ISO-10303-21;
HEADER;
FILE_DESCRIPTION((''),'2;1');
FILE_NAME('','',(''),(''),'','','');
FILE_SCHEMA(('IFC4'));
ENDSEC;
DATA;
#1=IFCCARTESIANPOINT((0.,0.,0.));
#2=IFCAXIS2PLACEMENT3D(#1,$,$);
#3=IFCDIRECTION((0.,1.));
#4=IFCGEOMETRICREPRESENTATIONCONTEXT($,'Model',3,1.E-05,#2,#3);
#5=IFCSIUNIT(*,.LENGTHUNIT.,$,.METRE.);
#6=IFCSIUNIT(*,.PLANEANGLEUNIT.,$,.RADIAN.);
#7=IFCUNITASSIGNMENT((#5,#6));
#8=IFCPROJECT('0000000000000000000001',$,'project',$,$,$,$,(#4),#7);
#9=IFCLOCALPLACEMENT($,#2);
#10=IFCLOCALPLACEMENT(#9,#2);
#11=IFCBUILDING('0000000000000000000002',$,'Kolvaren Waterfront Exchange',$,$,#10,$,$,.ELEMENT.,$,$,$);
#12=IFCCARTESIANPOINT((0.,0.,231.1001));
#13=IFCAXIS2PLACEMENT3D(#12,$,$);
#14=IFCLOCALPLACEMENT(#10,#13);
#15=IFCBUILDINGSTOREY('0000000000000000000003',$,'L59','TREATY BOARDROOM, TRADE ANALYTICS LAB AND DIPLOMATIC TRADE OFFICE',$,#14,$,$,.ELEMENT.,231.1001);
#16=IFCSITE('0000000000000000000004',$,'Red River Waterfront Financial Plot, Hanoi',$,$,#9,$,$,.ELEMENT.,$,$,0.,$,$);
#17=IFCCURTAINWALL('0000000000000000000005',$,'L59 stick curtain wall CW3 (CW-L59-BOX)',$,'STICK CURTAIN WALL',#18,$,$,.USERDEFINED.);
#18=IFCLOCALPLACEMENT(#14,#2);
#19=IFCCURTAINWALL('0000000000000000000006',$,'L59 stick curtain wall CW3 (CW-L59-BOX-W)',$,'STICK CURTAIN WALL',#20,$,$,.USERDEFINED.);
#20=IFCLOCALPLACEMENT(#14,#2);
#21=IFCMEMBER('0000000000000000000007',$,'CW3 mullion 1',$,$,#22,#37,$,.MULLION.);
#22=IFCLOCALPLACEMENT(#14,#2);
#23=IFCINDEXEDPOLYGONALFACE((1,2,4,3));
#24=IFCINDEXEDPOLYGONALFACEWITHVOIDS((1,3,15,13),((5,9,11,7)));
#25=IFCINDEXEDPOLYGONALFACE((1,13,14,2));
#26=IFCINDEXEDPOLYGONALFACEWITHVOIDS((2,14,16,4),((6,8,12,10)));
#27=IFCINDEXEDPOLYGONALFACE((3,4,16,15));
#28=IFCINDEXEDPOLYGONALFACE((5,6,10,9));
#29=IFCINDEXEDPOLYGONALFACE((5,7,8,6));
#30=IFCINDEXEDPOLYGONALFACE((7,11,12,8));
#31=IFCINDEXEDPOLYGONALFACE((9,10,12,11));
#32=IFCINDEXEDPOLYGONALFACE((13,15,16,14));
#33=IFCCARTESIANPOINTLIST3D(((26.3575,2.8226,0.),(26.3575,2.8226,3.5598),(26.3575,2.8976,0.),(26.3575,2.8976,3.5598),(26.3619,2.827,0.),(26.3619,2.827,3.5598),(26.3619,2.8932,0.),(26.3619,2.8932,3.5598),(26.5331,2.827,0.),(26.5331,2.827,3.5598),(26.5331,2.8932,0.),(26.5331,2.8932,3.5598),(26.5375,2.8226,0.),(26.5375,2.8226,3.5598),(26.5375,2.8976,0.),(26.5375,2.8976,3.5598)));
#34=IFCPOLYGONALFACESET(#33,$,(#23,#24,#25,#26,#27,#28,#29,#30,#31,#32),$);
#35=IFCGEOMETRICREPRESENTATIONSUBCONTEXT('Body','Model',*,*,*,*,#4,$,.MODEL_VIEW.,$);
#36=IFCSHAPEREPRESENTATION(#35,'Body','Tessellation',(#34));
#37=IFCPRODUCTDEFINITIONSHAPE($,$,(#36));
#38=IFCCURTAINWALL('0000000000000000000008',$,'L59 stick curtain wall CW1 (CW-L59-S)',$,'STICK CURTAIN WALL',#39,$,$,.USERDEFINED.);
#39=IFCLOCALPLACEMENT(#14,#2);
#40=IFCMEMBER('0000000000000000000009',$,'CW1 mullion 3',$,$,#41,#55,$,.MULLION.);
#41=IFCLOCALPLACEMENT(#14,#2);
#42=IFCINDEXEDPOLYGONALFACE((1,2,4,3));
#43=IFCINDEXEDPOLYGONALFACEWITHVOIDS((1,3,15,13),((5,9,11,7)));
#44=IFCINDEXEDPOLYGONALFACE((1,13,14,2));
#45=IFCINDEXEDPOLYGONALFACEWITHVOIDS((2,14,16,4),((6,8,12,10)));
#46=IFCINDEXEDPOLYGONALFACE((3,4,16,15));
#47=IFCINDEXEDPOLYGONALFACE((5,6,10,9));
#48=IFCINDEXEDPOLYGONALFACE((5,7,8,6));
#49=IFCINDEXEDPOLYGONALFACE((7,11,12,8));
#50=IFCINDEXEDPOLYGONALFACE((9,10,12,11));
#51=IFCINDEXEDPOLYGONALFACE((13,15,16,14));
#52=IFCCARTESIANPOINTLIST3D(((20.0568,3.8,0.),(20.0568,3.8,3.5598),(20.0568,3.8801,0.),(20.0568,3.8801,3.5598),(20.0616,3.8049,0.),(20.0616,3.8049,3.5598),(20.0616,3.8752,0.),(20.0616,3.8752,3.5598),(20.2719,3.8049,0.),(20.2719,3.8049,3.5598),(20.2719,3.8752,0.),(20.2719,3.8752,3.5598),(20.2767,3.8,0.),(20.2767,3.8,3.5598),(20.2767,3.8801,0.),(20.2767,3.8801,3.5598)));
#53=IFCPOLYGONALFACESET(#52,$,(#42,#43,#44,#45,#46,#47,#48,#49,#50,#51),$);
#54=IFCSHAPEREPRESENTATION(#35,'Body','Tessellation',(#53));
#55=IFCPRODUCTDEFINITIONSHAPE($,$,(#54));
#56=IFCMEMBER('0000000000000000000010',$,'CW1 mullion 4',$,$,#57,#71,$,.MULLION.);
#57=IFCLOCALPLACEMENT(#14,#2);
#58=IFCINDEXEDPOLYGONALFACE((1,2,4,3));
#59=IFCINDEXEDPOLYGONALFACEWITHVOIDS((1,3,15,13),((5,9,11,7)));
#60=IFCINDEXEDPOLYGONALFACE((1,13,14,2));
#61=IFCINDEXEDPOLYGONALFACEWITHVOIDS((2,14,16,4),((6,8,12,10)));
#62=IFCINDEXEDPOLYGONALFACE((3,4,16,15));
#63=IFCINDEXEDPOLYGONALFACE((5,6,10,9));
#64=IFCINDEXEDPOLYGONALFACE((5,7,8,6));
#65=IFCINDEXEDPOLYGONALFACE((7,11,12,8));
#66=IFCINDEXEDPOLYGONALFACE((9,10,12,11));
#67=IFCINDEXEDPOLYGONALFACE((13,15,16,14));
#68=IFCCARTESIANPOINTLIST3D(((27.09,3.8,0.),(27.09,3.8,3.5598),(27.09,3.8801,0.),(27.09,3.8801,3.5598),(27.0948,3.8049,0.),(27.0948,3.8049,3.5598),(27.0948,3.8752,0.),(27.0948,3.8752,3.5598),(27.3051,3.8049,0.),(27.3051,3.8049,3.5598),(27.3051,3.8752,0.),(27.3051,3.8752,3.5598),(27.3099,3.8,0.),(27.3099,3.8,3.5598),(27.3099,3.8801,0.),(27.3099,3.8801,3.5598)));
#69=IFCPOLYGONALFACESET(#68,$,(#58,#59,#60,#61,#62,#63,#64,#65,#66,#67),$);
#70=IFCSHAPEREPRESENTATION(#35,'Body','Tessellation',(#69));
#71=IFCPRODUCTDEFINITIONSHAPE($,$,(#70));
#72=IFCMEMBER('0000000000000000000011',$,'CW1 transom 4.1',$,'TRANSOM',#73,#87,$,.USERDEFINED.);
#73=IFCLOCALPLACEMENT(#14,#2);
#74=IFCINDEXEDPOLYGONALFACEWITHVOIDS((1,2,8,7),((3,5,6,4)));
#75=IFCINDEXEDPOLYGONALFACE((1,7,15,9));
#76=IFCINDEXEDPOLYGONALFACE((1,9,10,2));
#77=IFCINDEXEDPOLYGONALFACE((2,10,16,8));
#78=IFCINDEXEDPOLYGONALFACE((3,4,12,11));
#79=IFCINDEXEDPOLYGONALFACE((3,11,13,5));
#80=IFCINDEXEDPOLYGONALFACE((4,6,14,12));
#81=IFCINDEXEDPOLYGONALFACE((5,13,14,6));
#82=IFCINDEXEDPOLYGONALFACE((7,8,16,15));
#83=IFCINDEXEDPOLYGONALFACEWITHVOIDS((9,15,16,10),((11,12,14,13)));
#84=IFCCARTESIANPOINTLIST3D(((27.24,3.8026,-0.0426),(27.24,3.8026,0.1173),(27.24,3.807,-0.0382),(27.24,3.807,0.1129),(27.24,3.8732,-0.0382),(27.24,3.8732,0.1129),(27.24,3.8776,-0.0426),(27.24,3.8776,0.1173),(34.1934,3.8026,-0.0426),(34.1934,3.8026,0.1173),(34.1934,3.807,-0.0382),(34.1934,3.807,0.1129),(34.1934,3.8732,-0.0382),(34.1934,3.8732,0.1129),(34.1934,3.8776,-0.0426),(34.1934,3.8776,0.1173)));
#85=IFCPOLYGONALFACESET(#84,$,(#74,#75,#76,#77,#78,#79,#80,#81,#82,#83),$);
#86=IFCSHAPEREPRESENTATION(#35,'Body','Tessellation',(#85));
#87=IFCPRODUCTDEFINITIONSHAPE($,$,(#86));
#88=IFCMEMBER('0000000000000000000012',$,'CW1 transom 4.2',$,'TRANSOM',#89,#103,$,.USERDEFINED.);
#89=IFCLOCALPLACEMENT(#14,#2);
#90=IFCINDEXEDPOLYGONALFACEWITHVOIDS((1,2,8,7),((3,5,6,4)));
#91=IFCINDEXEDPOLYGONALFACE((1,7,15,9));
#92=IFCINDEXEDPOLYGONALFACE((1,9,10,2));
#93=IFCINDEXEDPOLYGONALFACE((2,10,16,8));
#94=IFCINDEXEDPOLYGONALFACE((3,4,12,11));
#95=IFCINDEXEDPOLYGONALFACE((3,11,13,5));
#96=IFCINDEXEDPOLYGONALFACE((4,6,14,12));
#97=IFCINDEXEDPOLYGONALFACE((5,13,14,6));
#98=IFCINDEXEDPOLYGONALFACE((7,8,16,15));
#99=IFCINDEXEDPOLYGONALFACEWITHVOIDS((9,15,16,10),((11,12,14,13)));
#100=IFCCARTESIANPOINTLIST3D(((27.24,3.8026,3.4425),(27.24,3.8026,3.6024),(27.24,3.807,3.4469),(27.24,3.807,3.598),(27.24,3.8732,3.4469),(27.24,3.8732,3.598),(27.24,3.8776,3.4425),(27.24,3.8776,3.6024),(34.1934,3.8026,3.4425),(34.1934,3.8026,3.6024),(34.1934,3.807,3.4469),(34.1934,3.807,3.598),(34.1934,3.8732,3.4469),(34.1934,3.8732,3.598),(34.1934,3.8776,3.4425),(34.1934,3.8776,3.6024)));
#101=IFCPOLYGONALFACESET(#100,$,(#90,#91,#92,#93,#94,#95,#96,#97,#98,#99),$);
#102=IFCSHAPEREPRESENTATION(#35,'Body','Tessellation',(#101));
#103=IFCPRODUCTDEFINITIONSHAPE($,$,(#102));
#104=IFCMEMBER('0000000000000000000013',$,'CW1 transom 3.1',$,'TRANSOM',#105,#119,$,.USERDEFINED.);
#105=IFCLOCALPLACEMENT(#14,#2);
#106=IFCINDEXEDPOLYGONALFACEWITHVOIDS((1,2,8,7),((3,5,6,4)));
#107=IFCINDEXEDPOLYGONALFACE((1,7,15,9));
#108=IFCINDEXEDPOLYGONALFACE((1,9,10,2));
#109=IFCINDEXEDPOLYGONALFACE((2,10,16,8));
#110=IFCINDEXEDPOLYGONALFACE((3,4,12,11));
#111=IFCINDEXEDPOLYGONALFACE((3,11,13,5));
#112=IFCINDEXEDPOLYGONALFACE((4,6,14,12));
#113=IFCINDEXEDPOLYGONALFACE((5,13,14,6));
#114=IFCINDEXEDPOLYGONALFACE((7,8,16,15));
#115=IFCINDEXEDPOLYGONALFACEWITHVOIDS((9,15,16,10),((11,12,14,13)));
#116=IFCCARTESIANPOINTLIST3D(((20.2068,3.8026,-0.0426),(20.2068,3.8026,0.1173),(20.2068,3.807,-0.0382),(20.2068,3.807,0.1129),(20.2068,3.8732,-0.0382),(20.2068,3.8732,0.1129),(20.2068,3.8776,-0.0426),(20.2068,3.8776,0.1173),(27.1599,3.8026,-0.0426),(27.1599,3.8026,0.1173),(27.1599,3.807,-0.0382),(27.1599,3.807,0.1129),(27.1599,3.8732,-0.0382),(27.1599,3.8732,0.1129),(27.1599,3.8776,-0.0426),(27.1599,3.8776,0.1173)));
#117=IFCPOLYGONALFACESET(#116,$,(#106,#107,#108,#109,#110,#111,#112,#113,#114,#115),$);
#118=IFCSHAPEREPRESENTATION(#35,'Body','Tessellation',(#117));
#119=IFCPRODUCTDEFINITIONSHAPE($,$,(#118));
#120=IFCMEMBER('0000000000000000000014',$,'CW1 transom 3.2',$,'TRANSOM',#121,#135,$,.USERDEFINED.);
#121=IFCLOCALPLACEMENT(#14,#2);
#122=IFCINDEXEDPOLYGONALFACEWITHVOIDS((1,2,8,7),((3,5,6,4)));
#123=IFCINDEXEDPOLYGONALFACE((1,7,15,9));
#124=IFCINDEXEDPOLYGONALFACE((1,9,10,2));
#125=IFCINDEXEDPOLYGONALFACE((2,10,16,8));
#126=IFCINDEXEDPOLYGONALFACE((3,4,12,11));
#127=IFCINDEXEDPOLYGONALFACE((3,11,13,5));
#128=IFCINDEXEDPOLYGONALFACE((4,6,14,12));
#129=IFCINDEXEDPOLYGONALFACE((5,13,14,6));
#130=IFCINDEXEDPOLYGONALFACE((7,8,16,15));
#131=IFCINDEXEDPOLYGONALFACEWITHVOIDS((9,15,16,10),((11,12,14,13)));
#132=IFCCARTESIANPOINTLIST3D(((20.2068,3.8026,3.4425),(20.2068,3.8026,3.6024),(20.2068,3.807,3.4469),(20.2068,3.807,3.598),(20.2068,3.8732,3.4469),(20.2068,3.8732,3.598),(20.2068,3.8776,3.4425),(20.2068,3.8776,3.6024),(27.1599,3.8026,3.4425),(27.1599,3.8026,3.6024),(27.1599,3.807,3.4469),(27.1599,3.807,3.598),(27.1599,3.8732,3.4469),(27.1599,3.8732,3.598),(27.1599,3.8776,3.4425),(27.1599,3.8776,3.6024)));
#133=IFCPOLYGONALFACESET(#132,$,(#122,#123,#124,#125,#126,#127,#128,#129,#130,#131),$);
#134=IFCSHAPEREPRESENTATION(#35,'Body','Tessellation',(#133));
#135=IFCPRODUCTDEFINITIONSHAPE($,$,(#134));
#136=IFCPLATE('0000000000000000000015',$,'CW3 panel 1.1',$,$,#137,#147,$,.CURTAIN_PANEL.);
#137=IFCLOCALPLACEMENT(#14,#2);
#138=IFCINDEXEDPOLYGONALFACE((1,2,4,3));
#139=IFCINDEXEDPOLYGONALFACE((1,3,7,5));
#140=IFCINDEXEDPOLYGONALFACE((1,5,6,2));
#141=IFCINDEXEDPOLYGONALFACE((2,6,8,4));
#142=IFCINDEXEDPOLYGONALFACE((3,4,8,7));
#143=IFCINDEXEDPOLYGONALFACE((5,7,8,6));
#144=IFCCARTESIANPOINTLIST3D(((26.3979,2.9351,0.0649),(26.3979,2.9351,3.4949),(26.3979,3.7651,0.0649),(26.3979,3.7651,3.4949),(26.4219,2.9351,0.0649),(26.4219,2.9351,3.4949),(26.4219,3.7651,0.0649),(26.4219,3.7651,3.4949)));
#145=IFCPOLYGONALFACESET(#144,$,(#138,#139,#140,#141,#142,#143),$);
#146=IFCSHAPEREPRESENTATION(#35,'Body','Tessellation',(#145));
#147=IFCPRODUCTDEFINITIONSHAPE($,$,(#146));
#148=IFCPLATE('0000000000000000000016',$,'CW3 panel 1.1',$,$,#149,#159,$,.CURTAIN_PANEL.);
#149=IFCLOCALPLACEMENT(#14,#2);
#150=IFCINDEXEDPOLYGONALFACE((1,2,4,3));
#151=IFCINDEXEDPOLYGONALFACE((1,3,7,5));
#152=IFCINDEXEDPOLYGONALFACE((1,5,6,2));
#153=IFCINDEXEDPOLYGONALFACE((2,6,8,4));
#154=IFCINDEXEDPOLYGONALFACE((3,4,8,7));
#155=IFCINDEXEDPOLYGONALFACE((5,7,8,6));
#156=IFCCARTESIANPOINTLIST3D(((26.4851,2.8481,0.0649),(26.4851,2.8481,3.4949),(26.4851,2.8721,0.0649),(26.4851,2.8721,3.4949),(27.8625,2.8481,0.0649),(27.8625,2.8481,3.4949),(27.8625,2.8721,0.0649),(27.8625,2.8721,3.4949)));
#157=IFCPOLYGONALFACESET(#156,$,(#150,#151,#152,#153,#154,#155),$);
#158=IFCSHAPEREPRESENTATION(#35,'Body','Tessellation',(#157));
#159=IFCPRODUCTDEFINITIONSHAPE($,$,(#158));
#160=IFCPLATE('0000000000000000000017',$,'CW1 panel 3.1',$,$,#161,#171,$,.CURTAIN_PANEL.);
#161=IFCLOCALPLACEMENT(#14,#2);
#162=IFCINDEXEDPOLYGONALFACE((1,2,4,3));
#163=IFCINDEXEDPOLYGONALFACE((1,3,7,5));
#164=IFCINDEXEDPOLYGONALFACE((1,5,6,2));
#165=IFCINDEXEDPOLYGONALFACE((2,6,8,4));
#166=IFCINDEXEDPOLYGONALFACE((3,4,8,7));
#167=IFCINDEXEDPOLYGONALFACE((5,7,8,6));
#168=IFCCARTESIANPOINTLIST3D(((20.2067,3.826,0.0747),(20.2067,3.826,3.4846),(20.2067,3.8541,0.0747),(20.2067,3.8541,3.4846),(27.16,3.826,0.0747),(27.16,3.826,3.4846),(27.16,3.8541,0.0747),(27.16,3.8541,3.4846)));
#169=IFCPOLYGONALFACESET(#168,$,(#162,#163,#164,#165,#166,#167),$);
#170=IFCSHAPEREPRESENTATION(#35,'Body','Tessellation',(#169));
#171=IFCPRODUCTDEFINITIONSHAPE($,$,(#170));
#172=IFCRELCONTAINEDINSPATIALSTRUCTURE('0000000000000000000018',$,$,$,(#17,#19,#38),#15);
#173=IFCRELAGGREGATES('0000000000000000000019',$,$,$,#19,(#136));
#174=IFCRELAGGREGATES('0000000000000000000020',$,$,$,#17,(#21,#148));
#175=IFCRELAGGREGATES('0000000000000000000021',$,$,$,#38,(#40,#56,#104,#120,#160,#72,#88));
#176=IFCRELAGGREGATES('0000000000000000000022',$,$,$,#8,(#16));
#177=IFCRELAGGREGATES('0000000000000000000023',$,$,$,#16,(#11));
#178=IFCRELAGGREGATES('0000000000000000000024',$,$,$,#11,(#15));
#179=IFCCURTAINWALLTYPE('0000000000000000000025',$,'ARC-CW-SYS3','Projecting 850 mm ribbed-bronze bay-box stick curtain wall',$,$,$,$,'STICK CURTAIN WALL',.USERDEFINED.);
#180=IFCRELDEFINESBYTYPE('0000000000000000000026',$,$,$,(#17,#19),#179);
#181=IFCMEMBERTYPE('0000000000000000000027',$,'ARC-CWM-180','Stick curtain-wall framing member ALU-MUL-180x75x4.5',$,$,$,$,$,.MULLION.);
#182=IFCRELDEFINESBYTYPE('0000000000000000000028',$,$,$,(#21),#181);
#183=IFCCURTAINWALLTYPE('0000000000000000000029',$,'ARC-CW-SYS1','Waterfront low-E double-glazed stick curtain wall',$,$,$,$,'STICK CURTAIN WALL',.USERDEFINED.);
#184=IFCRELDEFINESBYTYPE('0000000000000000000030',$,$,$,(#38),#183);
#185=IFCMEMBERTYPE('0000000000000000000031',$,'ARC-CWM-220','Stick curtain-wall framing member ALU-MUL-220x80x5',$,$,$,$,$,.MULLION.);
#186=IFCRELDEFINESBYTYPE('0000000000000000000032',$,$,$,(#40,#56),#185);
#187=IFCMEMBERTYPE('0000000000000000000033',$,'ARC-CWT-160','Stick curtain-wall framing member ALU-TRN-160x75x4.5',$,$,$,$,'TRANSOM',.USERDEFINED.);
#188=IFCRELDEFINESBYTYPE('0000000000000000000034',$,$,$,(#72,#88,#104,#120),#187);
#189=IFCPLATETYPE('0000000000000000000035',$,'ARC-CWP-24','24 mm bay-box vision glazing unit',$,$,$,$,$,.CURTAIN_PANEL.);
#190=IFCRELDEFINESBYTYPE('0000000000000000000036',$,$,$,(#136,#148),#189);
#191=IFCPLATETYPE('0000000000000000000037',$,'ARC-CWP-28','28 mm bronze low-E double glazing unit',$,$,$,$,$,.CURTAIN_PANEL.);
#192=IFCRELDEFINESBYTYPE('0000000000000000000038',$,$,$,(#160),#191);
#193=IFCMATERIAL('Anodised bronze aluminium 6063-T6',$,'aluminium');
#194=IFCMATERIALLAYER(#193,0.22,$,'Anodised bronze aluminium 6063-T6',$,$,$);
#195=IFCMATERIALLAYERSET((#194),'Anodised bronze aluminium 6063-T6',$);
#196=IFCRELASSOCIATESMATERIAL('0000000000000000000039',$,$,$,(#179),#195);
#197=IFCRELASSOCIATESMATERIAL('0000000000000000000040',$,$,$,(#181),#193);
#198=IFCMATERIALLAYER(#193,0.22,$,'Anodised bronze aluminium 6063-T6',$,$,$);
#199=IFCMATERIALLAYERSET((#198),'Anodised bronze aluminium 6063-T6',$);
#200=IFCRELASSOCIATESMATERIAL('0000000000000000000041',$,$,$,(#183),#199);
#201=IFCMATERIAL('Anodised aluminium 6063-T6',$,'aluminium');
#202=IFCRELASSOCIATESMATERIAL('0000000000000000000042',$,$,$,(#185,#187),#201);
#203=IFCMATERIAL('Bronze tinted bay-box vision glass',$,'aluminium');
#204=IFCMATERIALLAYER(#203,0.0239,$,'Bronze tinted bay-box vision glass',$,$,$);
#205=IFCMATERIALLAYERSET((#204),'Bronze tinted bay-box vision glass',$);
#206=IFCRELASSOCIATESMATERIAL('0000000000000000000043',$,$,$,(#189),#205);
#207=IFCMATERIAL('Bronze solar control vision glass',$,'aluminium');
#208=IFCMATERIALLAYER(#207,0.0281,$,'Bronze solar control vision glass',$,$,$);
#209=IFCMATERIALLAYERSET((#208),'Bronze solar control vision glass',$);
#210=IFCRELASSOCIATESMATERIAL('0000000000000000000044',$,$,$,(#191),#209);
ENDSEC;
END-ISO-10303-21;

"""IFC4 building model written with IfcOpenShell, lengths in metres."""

from ifc_helpers import new_model, si_unit, direction, frame, origin, origin_with_axes, origin_2d, place, context, subcontext, project, spatial, rectangle, hollow_rectangle, extrude, source, transform, mapped, material, layer, layer_set, material_profile, profile_set, type_object, element, aggregate, save


model = new_model("IFC4")

# Units and contexts
model_context = context("Model", 3, precision=1e-05, world=origin(), true_north=direction((0.0, 1.0)))
body_context = subcontext(model_context, "Body", "Model", "MODEL_VIEW")
ifc_project = project(units=[si_unit("LENGTHUNIT", "METRE"), si_unit("PLANEANGLEUNIT", "RADIAN")], contexts=[model_context])

# Site, building, storey
site_placement = place(None, origin())
site = spatial("IfcSite", under=ifc_project, at=site_placement, Name="Red River Waterfront Financial Plot, Hanoi", CompositionType="ELEMENT", RefElevation=0.0)
building_placement = place(site_placement, origin())
building = spatial("IfcBuilding", under=site, at=building_placement, Name="Kolvaren Waterfront Exchange", CompositionType="ELEMENT")
storey_placement = place(building_placement, frame((0.0, 0.0, 231.1001)))
storey = spatial("IfcBuildingStorey", under=building, at=storey_placement, Name="L59", Description="TREATY BOARDROOM, TRADE ANALYTICS LAB AND DIPLOMATIC TRADE OFFICE", CompositionType="ELEMENT", Elevation=231.1001)

# Curtain walls
ifc_material_1 = material(Name="Anodised bronze aluminium 6063-T6", Category="aluminium")
ifc_layer_1 = layer(ifc_material_1, 0.22, Name="Anodised bronze aluminium 6063-T6")
ifc_layer_set_1 = layer_set([ifc_layer_1], Name="Anodised bronze aluminium 6063-T6")
curtain_wall_type_1 = type_object("IfcCurtainWallType", Name="ARC-CW-SYS3", Description="Projecting 850 mm ribbed-bronze bay-box stick curtain wall", ElementType="STICK CURTAIN WALL", PredefinedType="USERDEFINED", material=ifc_layer_set_1)
curtain_wall_1_placement = place(storey_placement, origin())
curtain_wall_1 = element("IfcCurtainWall", 1, at=curtain_wall_1_placement, inside=storey, type_object=curtain_wall_type_1, Name="L59 stick curtain wall CW3 (CW-L59-BOX)", ObjectType="STICK CURTAIN WALL", PredefinedType="USERDEFINED")
curtain_wall_2_placement = place(storey_placement, origin())
curtain_wall_2 = element("IfcCurtainWall", 2, at=curtain_wall_2_placement, inside=storey, type_object=curtain_wall_type_1, Name="L59 stick curtain wall CW3 (CW-L59-BOX-W)", ObjectType="STICK CURTAIN WALL", PredefinedType="USERDEFINED")
ifc_material_profile_1 = material_profile(ifc_material_1, hollow_rectangle(XDim=0.075, YDim=0.1799, WallThickness=0.0044, at=origin_2d()), Name="ALU-MUL-180x75x4.5")
ifc_profile_set_1 = profile_set([ifc_material_profile_1], Name="Anodised bronze aluminium 6063-T6")
member_type_1 = type_object("IfcMemberType", Name="ARC-CWM-180", Description="Stick curtain-wall framing member ALU-MUL-180x75x4.5", PredefinedType="MULLION", material=ifc_profile_set_1)
shared_shape_1 = source(origin_with_axes(), body_context, "Body", "SweptSolid", [
    extrude(hollow_rectangle(XDim=0.075, YDim=0.1799, WallThickness=0.0044, at=origin_2d()), origin(), (0.0, 0.0, 1.0), 3.5598),
])

# Member
member_1_placement = place(storey_placement, frame((26.4475, 2.8601, 0.0), z_axis=(0.0, 0.0, 1.0), x_axis=(0.0, 1.0, 0.0)))
member_1 = element("IfcMember", 3, at=member_1_placement, type_object=member_type_1, Name="CW3 mullion 1", PredefinedType="MULLION", context=body_context, shape_type="MappedRepresentation", body=[
    mapped(shared_shape_1, transform((0.0, 0.0, 0.0), x_axis=(1.0, 0.0, 0.0), y_axis=(0.0, 1.0, 0.0), z_axis=(0.0, 0.0, 1.0), scale=1.0)),
])

# Curtain wall, members
ifc_layer_2 = layer(ifc_material_1, 0.22, Name="Anodised bronze aluminium 6063-T6")
ifc_layer_set_2 = layer_set([ifc_layer_2], Name="Anodised bronze aluminium 6063-T6")
curtain_wall_type_2 = type_object("IfcCurtainWallType", Name="ARC-CW-SYS1", Description="Waterfront low-E double-glazed stick curtain wall", ElementType="STICK CURTAIN WALL", PredefinedType="USERDEFINED", material=ifc_layer_set_2)
curtain_wall_3_placement = place(storey_placement, origin())
curtain_wall_3 = element("IfcCurtainWall", 4, at=curtain_wall_3_placement, inside=storey, type_object=curtain_wall_type_2, Name="L59 stick curtain wall CW1 (CW-L59-S)", ObjectType="STICK CURTAIN WALL", PredefinedType="USERDEFINED")
ifc_material_2 = material(Name="Anodised aluminium 6063-T6", Category="aluminium")
ifc_material_profile_2 = material_profile(ifc_material_2, hollow_rectangle(XDim=0.0801, YDim=0.22, WallThickness=0.0049, at=origin_2d()), Name="ALU-MUL-220x80x5")
ifc_profile_set_2 = profile_set([ifc_material_profile_2], Name="Anodised aluminium 6063-T6")
member_type_2 = type_object("IfcMemberType", Name="ARC-CWM-220", Description="Stick curtain-wall framing member ALU-MUL-220x80x5", PredefinedType="MULLION", material=ifc_profile_set_2)
shared_shape_2 = source(origin_with_axes(), body_context, "Body", "SweptSolid", [
    extrude(hollow_rectangle(XDim=0.0801, YDim=0.22, WallThickness=0.0049, at=origin_2d()), origin(), (0.0, 0.0, 1.0), 3.5598),
])
member_2_placement = place(storey_placement, frame((20.1667, 3.8401, 0.0), z_axis=(0.0, 0.0, 1.0), x_axis=(0.0, 1.0, 0.0)))
member_2 = element("IfcMember", 5, at=member_2_placement, type_object=member_type_2, Name="CW1 mullion 3", PredefinedType="MULLION", context=body_context, shape_type="MappedRepresentation", body=[
    mapped(shared_shape_2, transform((0.0, 0.0, 0.0), x_axis=(1.0, 0.0, 0.0), y_axis=(0.0, 1.0, 0.0), z_axis=(0.0, 0.0, 1.0), scale=1.0)),
])
member_3_placement = place(storey_placement, frame((27.2, 3.8401, 0.0), z_axis=(0.0, 0.0, 1.0), x_axis=(0.0, 1.0, 0.0)))
member_3 = element("IfcMember", 6, at=member_3_placement, type_object=member_type_2, Name="CW1 mullion 4", PredefinedType="MULLION", context=body_context, shape_type="MappedRepresentation", body=[
    mapped(shared_shape_2, transform((0.0, 0.0, 0.0), x_axis=(1.0, 0.0, 0.0), y_axis=(0.0, 1.0, 0.0), z_axis=(0.0, 0.0, 1.0), scale=1.0)),
])
ifc_material_profile_3 = material_profile(ifc_material_2, hollow_rectangle(XDim=0.075, YDim=0.1599, WallThickness=0.0044, at=origin_2d()), Name="ALU-TRN-160x75x4.5")
ifc_profile_set_3 = profile_set([ifc_material_profile_3], Name="Anodised aluminium 6063-T6")
member_type_3 = type_object("IfcMemberType", Name="ARC-CWT-160", Description="Stick curtain-wall framing member ALU-TRN-160x75x4.5", ElementType="TRANSOM", PredefinedType="USERDEFINED", material=ifc_profile_set_3)
shared_shape_3 = source(origin_with_axes(), body_context, "Body", "SweptSolid", [
    extrude(hollow_rectangle(XDim=0.075, YDim=0.1599, WallThickness=0.0044, at=origin_2d()), origin(), (0.0, 0.0, 1.0), 6.9534),
])
member_4_placement = place(storey_placement, frame((27.24, 3.8401, 0.0374), z_axis=(1.0, 0.0, 0.0), x_axis=(0.0, 1.0, 0.0)))
member_4 = element("IfcMember", 7, at=member_4_placement, type_object=member_type_3, Name="CW1 transom 4.1", ObjectType="TRANSOM", PredefinedType="USERDEFINED", context=body_context, shape_type="MappedRepresentation", body=[
    mapped(shared_shape_3, transform((0.0, 0.0, 0.0), x_axis=(1.0, 0.0, 0.0), y_axis=(0.0, 1.0, 0.0), z_axis=(0.0, 0.0, 1.0), scale=1.0)),
])
member_5_placement = place(storey_placement, frame((27.24, 3.8401, 3.5225), z_axis=(1.0, 0.0, 0.0), x_axis=(0.0, 1.0, 0.0)))
member_5 = element("IfcMember", 8, at=member_5_placement, type_object=member_type_3, Name="CW1 transom 4.2", ObjectType="TRANSOM", PredefinedType="USERDEFINED", context=body_context, shape_type="MappedRepresentation", body=[
    mapped(shared_shape_3, transform((0.0, 0.0, 0.0), x_axis=(1.0, 0.0, 0.0), y_axis=(0.0, 1.0, 0.0), z_axis=(0.0, 0.0, 1.0), scale=1.0)),
])
shared_shape_4 = source(origin_with_axes(), body_context, "Body", "SweptSolid", [
    extrude(hollow_rectangle(XDim=0.075, YDim=0.1599, WallThickness=0.0044, at=origin_2d()), origin(), (0.0, 0.0, 1.0), 6.9531),
])
member_6_placement = place(storey_placement, frame((20.2068, 3.8401, 0.0374), z_axis=(1.0, 0.0, 0.0), x_axis=(0.0, 1.0, 0.0)))
member_6 = element("IfcMember", 9, at=member_6_placement, type_object=member_type_3, Name="CW1 transom 3.1", ObjectType="TRANSOM", PredefinedType="USERDEFINED", context=body_context, shape_type="MappedRepresentation", body=[
    mapped(shared_shape_4, transform((0.0, 0.0, 0.0), x_axis=(1.0, 0.0, 0.0), y_axis=(0.0, 1.0, 0.0), z_axis=(0.0, 0.0, 1.0), scale=1.0)),
])
member_7_placement = place(storey_placement, frame((20.2068, 3.8401, 3.5225), z_axis=(1.0, 0.0, 0.0), x_axis=(0.0, 1.0, 0.0)))
member_7 = element("IfcMember", 10, at=member_7_placement, type_object=member_type_3, Name="CW1 transom 3.2", ObjectType="TRANSOM", PredefinedType="USERDEFINED", context=body_context, shape_type="MappedRepresentation", body=[
    mapped(shared_shape_4, transform((0.0, 0.0, 0.0), x_axis=(1.0, 0.0, 0.0), y_axis=(0.0, 1.0, 0.0), z_axis=(0.0, 0.0, 1.0), scale=1.0)),
])

# Plates
ifc_material_3 = material(Name="Bronze tinted bay-box vision glass", Category="aluminium")
ifc_layer_3 = layer(ifc_material_3, 0.0239, Name="Bronze tinted bay-box vision glass")
ifc_layer_set_3 = layer_set([ifc_layer_3], Name="Bronze tinted bay-box vision glass")
plate_type_1 = type_object("IfcPlateType", Name="ARC-CWP-24", Description="24 mm bay-box vision glazing unit", PredefinedType="CURTAIN_PANEL", material=ifc_layer_set_3)
shared_shape_5 = source(origin_with_axes(), body_context, "Body", "SweptSolid", [
    extrude(rectangle(XDim=0.8301, YDim=0.0239, at=origin_2d()), origin(), (0.0, 0.0, 1.0), 3.4299),
])
plate_1_placement = place(storey_placement, frame((26.4099, 3.3501, 0.0649), z_axis=(0.0, 0.0, 1.0), x_axis=(0.0, -1.0, 0.0)))
plate_1 = element("IfcPlate", 11, at=plate_1_placement, type_object=plate_type_1, Name="CW3 panel 1.1", PredefinedType="CURTAIN_PANEL", context=body_context, shape_type="MappedRepresentation", body=[
    mapped(shared_shape_5, transform((0.0, 0.0, 0.0), x_axis=(1.0, 0.0, 0.0), y_axis=(0.0, 1.0, 0.0), z_axis=(0.0, 0.0, 1.0), scale=1.0)),
])
aggregate(curtain_wall_2, [plate_1])
shared_shape_6 = source(origin_with_axes(), body_context, "Body", "SweptSolid", [
    extrude(rectangle(XDim=1.3774, YDim=0.0239, at=origin_2d()), origin(), (0.0, 0.0, 1.0), 3.4299),
])
plate_2_placement = place(storey_placement, frame((27.1738, 2.8601, 0.0649), z_axis=(0.0, 0.0, 1.0), x_axis=(1.0, 0.0, 0.0)))
plate_2 = element("IfcPlate", 12, at=plate_2_placement, type_object=plate_type_1, Name="CW3 panel 1.1", PredefinedType="CURTAIN_PANEL", context=body_context, shape_type="MappedRepresentation", body=[
    mapped(shared_shape_6, transform((0.0, 0.0, 0.0), x_axis=(1.0, 0.0, 0.0), y_axis=(0.0, 1.0, 0.0), z_axis=(0.0, 0.0, 1.0), scale=1.0)),
])
aggregate(curtain_wall_1, [member_1, plate_2])
ifc_material_4 = material(Name="Bronze solar control vision glass", Category="aluminium")
ifc_layer_4 = layer(ifc_material_4, 0.0281, Name="Bronze solar control vision glass")
ifc_layer_set_4 = layer_set([ifc_layer_4], Name="Bronze solar control vision glass")
plate_type_2 = type_object("IfcPlateType", Name="ARC-CWP-28", Description="28 mm bronze low-E double glazing unit", PredefinedType="CURTAIN_PANEL", material=ifc_layer_set_4)
shared_shape_7 = source(origin_with_axes(), body_context, "Body", "SweptSolid", [
    extrude(rectangle(XDim=6.9534, YDim=0.0281, at=origin_2d()), origin(), (0.0, 0.0, 1.0), 3.4099),
])
plate_3_placement = place(storey_placement, frame((23.6833, 3.8401, 0.0747), z_axis=(0.0, 0.0, 1.0), x_axis=(1.0, 0.0, 0.0)))
plate_3 = element("IfcPlate", 13, at=plate_3_placement, type_object=plate_type_2, Name="CW1 panel 3.1", PredefinedType="CURTAIN_PANEL", context=body_context, shape_type="MappedRepresentation", body=[
    mapped(shared_shape_7, transform((0.0, 0.0, 0.0), x_axis=(1.0, 0.0, 0.0), y_axis=(0.0, 1.0, 0.0), z_axis=(0.0, 0.0, 1.0), scale=1.0)),
])
aggregate(curtain_wall_3, [member_2, member_3, member_6, member_7, plate_3, member_4, member_5])

save(model, "model.ifc")
